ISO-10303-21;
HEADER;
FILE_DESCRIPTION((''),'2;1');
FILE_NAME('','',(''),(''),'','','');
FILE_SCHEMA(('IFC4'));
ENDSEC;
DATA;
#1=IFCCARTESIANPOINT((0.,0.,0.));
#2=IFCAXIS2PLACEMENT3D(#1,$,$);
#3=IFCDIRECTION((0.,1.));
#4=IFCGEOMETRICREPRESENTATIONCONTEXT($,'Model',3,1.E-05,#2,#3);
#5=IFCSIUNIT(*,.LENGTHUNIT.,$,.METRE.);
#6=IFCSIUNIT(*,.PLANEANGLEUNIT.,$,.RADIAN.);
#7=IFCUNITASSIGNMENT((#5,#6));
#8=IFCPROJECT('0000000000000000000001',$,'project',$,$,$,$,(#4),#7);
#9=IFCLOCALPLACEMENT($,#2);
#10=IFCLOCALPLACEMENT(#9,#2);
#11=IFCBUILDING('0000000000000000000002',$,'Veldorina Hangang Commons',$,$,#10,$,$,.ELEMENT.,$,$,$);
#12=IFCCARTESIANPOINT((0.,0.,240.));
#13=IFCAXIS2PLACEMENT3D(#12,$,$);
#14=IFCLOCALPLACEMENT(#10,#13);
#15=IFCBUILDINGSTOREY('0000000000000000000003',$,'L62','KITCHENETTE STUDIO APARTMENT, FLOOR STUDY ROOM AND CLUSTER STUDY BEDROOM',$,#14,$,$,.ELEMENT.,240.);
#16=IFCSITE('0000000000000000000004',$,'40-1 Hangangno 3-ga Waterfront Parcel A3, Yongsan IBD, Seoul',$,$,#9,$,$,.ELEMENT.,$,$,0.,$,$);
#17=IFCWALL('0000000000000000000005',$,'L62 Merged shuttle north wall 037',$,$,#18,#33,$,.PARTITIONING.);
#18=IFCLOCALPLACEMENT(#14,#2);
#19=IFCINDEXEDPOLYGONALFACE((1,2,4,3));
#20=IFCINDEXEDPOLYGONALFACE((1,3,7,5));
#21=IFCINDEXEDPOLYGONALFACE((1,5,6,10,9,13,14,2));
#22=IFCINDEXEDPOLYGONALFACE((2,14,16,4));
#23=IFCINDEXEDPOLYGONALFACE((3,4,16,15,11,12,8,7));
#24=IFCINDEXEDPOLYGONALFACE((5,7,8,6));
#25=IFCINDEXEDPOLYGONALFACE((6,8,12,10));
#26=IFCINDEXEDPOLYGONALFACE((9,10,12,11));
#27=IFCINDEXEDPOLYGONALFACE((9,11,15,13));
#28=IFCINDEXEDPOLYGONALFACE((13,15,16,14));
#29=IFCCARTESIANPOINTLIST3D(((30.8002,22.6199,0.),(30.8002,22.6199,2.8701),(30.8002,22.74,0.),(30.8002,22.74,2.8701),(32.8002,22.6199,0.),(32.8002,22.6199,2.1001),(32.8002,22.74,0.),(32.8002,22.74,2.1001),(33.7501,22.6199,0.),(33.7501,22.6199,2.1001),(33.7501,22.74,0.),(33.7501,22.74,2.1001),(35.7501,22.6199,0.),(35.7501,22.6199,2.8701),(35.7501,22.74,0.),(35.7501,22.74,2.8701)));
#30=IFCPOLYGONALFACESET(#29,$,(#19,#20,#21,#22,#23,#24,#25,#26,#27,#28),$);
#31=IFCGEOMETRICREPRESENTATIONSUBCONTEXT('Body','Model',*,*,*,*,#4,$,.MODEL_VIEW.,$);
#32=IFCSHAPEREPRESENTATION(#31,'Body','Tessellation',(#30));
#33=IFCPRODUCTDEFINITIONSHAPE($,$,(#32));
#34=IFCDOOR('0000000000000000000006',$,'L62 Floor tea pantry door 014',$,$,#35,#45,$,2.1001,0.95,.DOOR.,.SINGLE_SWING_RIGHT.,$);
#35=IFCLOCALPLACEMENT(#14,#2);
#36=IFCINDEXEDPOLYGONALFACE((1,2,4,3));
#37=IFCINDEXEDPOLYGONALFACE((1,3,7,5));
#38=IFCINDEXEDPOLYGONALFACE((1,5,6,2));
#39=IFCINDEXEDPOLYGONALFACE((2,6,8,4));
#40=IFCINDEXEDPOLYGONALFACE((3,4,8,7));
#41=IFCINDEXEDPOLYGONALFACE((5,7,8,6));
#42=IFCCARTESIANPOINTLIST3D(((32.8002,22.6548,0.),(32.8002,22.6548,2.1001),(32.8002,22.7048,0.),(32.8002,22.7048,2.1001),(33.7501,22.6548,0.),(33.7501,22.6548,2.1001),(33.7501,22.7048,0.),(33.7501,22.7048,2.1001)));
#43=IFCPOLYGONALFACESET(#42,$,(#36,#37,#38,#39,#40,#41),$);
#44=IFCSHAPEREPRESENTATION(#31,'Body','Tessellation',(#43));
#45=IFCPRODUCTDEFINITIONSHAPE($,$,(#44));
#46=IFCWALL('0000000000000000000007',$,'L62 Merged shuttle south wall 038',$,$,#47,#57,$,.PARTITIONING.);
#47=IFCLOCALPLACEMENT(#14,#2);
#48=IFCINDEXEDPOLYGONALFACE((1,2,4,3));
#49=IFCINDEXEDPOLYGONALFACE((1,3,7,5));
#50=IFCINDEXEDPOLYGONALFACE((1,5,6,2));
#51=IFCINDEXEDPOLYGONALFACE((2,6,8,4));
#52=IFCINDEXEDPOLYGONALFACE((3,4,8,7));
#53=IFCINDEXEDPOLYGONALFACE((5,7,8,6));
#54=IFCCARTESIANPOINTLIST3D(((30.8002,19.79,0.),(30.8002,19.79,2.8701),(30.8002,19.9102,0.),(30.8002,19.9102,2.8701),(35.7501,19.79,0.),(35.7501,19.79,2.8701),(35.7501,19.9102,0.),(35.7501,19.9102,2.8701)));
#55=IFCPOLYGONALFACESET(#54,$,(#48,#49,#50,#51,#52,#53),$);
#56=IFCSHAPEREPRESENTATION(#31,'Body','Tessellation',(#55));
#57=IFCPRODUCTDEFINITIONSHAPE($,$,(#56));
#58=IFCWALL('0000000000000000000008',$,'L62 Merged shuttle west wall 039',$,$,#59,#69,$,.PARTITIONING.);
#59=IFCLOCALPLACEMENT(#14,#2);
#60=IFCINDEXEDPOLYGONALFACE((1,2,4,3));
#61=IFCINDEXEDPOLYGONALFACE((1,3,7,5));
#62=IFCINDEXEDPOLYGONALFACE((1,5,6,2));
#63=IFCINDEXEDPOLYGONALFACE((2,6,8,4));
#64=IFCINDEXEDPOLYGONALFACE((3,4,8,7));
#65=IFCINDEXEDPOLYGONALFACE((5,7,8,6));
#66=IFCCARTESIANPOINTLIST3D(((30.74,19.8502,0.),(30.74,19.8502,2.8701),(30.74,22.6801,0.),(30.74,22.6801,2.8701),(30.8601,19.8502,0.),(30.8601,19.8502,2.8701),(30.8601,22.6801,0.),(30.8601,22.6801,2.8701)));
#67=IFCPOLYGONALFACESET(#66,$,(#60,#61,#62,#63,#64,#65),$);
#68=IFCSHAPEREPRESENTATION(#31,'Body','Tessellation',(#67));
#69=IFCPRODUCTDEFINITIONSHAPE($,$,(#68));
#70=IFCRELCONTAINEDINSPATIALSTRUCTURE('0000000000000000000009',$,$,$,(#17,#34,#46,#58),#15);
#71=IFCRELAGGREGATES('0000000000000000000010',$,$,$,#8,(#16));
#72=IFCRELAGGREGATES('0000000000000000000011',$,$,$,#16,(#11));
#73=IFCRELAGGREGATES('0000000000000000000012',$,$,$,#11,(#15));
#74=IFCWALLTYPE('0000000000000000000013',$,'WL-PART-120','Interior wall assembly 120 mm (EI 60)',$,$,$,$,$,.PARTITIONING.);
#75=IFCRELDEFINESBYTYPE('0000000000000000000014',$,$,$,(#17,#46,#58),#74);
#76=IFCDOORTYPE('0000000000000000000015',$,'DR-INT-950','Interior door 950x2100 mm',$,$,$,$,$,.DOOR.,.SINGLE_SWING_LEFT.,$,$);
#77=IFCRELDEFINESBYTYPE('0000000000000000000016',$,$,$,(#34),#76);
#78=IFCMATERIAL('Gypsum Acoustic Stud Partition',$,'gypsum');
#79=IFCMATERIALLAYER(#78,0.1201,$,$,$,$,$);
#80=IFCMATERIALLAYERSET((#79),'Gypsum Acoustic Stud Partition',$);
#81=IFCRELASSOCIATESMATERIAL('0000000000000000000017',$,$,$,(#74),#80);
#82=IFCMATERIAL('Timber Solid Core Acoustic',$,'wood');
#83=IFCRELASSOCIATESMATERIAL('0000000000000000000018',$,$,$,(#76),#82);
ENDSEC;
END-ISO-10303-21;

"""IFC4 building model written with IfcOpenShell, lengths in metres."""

from ifc_helpers import new_model, si_unit, direction, frame, frame_2d, origin, place, context, subcontext, project, spatial, rectangle, extrude, material, layer, layer_set, type_object, element, fill, save


model = new_model("IFC4")

# Units and contexts
model_context = context("Model", 3, precision=1e-05, world=origin(), true_north=direction((0.0, 1.0)))
body_context = subcontext(model_context, "Body", "Model", "MODEL_VIEW")
ifc_project = project(units=[si_unit("LENGTHUNIT", "METRE"), si_unit("PLANEANGLEUNIT", "RADIAN")], contexts=[model_context])

# Site, building, storey
site_placement = place(None, origin())
site = spatial("IfcSite", under=ifc_project, at=site_placement, Name="40-1 Hangangno 3-ga Waterfront Parcel A3, Yongsan IBD, Seoul", CompositionType="ELEMENT", RefElevation=0.0)
building_placement = place(site_placement, origin())
building = spatial("IfcBuilding", under=site, at=building_placement, Name="Veldorina Hangang Commons", CompositionType="ELEMENT")
storey_placement = place(building_placement, frame((0.0, 0.0, 240.0)))
storey = spatial("IfcBuildingStorey", under=building, at=storey_placement, Name="L62", Description="KITCHENETTE STUDIO APARTMENT, FLOOR STUDY ROOM AND CLUSTER STUDY BEDROOM", CompositionType="ELEMENT", Elevation=240.0)

# Wall, opening, door
ifc_material_1 = material(Name="Gypsum Acoustic Stud Partition", Category="gypsum")
ifc_layer_1 = layer(ifc_material_1, 0.1201)
ifc_layer_set_1 = layer_set([ifc_layer_1], Name="Gypsum Acoustic Stud Partition")
wall_type_1 = type_object("IfcWallType", Name="WL-PART-120", Description="Interior wall assembly 120 mm (EI 60)", PredefinedType="PARTITIONING", material=ifc_layer_set_1)
wall_1_placement = place(storey_placement, frame((30.8, 22.6799, 0.0), z_axis=(0.0, 0.0, 1.0), x_axis=(1.0, 0.0, 0.0)))
wall_1 = element("IfcWall", 1, at=wall_1_placement, inside=storey, type_object=wall_type_1, Name="L62 Merged shuttle north wall 037", PredefinedType="PARTITIONING", context=body_context, shape_type="SweptSolid", body=[
    extrude(rectangle(XDim=4.95, YDim=0.1201, at=frame_2d((2.4751, 0.0))), origin(), (0.0, 0.0, 1.0), 2.8701),
])
opening_1_placement = place(wall_1_placement, frame((2.0, 0.0, 0.0)))
opening_1 = element("IfcOpeningElement", 2, at=opening_1_placement, cuts=wall_1, PredefinedType="OPENING", context=body_context, shape_type="SweptSolid", body=[
    extrude(rectangle(XDim=0.95, YDim=2.1001, at=frame_2d((0.4751, 1.05))), frame((0.0, 0.0701, 0.0), z_axis=(0.0, -1.0, 0.0), x_axis=(1.0, 0.0, 0.0)), (0.0, 0.0, 1.0), 0.1401),
])
ifc_material_2 = material(Name="Timber Solid Core Acoustic", Category="wood")
door_type_1 = type_object("IfcDoorType", Name="DR-INT-950", Description="Interior door 950x2100 mm", OperationType="SINGLE_SWING_LEFT", PredefinedType="DOOR", material=ifc_material_2)
door_1_placement = place(opening_1_placement, origin())
door_1 = element("IfcDoor", 3, at=door_1_placement, inside=storey, type_object=door_type_1, Name="L62 Floor tea pantry door 014", OperationType="SINGLE_SWING_RIGHT", OverallHeight=2.1001, OverallWidth=0.95, PredefinedType="DOOR", context=body_context, shape_type="SweptSolid", body=[
    extrude(rectangle(XDim=0.95, YDim=2.1001, at=frame_2d((0.4751, 1.05))), frame((0.0, 0.0249, 0.0), z_axis=(0.0, -1.0, 0.0), x_axis=(1.0, 0.0, 0.0)), (0.0, 0.0, 1.0), 0.05),
])
fill(opening_1, door_1)

# Walls
wall_2_placement = place(storey_placement, frame((30.8, 19.8501, 0.0), z_axis=(0.0, 0.0, 1.0), x_axis=(1.0, 0.0, 0.0)))
element("IfcWall", 4, at=wall_2_placement, inside=storey, type_object=wall_type_1, Name="L62 Merged shuttle south wall 038", PredefinedType="PARTITIONING", context=body_context, shape_type="SweptSolid", body=[
    extrude(rectangle(XDim=4.95, YDim=0.1201, at=frame_2d((2.4751, 0.0))), origin(), (0.0, 0.0, 1.0), 2.8701),
])
wall_3_placement = place(storey_placement, frame((30.8, 19.8501, 0.0), z_axis=(0.0, 0.0, 1.0), x_axis=(0.0, 1.0, 0.0)))
element("IfcWall", 5, at=wall_3_placement, inside=storey, type_object=wall_type_1, Name="L62 Merged shuttle west wall 039", PredefinedType="PARTITIONING", context=body_context, shape_type="SweptSolid", body=[
    extrude(rectangle(XDim=2.8298, YDim=0.1201, at=frame_2d((1.415, 0.0))), origin(), (0.0, 0.0, 1.0), 2.8701),
])

save(model, "model.ifc")
